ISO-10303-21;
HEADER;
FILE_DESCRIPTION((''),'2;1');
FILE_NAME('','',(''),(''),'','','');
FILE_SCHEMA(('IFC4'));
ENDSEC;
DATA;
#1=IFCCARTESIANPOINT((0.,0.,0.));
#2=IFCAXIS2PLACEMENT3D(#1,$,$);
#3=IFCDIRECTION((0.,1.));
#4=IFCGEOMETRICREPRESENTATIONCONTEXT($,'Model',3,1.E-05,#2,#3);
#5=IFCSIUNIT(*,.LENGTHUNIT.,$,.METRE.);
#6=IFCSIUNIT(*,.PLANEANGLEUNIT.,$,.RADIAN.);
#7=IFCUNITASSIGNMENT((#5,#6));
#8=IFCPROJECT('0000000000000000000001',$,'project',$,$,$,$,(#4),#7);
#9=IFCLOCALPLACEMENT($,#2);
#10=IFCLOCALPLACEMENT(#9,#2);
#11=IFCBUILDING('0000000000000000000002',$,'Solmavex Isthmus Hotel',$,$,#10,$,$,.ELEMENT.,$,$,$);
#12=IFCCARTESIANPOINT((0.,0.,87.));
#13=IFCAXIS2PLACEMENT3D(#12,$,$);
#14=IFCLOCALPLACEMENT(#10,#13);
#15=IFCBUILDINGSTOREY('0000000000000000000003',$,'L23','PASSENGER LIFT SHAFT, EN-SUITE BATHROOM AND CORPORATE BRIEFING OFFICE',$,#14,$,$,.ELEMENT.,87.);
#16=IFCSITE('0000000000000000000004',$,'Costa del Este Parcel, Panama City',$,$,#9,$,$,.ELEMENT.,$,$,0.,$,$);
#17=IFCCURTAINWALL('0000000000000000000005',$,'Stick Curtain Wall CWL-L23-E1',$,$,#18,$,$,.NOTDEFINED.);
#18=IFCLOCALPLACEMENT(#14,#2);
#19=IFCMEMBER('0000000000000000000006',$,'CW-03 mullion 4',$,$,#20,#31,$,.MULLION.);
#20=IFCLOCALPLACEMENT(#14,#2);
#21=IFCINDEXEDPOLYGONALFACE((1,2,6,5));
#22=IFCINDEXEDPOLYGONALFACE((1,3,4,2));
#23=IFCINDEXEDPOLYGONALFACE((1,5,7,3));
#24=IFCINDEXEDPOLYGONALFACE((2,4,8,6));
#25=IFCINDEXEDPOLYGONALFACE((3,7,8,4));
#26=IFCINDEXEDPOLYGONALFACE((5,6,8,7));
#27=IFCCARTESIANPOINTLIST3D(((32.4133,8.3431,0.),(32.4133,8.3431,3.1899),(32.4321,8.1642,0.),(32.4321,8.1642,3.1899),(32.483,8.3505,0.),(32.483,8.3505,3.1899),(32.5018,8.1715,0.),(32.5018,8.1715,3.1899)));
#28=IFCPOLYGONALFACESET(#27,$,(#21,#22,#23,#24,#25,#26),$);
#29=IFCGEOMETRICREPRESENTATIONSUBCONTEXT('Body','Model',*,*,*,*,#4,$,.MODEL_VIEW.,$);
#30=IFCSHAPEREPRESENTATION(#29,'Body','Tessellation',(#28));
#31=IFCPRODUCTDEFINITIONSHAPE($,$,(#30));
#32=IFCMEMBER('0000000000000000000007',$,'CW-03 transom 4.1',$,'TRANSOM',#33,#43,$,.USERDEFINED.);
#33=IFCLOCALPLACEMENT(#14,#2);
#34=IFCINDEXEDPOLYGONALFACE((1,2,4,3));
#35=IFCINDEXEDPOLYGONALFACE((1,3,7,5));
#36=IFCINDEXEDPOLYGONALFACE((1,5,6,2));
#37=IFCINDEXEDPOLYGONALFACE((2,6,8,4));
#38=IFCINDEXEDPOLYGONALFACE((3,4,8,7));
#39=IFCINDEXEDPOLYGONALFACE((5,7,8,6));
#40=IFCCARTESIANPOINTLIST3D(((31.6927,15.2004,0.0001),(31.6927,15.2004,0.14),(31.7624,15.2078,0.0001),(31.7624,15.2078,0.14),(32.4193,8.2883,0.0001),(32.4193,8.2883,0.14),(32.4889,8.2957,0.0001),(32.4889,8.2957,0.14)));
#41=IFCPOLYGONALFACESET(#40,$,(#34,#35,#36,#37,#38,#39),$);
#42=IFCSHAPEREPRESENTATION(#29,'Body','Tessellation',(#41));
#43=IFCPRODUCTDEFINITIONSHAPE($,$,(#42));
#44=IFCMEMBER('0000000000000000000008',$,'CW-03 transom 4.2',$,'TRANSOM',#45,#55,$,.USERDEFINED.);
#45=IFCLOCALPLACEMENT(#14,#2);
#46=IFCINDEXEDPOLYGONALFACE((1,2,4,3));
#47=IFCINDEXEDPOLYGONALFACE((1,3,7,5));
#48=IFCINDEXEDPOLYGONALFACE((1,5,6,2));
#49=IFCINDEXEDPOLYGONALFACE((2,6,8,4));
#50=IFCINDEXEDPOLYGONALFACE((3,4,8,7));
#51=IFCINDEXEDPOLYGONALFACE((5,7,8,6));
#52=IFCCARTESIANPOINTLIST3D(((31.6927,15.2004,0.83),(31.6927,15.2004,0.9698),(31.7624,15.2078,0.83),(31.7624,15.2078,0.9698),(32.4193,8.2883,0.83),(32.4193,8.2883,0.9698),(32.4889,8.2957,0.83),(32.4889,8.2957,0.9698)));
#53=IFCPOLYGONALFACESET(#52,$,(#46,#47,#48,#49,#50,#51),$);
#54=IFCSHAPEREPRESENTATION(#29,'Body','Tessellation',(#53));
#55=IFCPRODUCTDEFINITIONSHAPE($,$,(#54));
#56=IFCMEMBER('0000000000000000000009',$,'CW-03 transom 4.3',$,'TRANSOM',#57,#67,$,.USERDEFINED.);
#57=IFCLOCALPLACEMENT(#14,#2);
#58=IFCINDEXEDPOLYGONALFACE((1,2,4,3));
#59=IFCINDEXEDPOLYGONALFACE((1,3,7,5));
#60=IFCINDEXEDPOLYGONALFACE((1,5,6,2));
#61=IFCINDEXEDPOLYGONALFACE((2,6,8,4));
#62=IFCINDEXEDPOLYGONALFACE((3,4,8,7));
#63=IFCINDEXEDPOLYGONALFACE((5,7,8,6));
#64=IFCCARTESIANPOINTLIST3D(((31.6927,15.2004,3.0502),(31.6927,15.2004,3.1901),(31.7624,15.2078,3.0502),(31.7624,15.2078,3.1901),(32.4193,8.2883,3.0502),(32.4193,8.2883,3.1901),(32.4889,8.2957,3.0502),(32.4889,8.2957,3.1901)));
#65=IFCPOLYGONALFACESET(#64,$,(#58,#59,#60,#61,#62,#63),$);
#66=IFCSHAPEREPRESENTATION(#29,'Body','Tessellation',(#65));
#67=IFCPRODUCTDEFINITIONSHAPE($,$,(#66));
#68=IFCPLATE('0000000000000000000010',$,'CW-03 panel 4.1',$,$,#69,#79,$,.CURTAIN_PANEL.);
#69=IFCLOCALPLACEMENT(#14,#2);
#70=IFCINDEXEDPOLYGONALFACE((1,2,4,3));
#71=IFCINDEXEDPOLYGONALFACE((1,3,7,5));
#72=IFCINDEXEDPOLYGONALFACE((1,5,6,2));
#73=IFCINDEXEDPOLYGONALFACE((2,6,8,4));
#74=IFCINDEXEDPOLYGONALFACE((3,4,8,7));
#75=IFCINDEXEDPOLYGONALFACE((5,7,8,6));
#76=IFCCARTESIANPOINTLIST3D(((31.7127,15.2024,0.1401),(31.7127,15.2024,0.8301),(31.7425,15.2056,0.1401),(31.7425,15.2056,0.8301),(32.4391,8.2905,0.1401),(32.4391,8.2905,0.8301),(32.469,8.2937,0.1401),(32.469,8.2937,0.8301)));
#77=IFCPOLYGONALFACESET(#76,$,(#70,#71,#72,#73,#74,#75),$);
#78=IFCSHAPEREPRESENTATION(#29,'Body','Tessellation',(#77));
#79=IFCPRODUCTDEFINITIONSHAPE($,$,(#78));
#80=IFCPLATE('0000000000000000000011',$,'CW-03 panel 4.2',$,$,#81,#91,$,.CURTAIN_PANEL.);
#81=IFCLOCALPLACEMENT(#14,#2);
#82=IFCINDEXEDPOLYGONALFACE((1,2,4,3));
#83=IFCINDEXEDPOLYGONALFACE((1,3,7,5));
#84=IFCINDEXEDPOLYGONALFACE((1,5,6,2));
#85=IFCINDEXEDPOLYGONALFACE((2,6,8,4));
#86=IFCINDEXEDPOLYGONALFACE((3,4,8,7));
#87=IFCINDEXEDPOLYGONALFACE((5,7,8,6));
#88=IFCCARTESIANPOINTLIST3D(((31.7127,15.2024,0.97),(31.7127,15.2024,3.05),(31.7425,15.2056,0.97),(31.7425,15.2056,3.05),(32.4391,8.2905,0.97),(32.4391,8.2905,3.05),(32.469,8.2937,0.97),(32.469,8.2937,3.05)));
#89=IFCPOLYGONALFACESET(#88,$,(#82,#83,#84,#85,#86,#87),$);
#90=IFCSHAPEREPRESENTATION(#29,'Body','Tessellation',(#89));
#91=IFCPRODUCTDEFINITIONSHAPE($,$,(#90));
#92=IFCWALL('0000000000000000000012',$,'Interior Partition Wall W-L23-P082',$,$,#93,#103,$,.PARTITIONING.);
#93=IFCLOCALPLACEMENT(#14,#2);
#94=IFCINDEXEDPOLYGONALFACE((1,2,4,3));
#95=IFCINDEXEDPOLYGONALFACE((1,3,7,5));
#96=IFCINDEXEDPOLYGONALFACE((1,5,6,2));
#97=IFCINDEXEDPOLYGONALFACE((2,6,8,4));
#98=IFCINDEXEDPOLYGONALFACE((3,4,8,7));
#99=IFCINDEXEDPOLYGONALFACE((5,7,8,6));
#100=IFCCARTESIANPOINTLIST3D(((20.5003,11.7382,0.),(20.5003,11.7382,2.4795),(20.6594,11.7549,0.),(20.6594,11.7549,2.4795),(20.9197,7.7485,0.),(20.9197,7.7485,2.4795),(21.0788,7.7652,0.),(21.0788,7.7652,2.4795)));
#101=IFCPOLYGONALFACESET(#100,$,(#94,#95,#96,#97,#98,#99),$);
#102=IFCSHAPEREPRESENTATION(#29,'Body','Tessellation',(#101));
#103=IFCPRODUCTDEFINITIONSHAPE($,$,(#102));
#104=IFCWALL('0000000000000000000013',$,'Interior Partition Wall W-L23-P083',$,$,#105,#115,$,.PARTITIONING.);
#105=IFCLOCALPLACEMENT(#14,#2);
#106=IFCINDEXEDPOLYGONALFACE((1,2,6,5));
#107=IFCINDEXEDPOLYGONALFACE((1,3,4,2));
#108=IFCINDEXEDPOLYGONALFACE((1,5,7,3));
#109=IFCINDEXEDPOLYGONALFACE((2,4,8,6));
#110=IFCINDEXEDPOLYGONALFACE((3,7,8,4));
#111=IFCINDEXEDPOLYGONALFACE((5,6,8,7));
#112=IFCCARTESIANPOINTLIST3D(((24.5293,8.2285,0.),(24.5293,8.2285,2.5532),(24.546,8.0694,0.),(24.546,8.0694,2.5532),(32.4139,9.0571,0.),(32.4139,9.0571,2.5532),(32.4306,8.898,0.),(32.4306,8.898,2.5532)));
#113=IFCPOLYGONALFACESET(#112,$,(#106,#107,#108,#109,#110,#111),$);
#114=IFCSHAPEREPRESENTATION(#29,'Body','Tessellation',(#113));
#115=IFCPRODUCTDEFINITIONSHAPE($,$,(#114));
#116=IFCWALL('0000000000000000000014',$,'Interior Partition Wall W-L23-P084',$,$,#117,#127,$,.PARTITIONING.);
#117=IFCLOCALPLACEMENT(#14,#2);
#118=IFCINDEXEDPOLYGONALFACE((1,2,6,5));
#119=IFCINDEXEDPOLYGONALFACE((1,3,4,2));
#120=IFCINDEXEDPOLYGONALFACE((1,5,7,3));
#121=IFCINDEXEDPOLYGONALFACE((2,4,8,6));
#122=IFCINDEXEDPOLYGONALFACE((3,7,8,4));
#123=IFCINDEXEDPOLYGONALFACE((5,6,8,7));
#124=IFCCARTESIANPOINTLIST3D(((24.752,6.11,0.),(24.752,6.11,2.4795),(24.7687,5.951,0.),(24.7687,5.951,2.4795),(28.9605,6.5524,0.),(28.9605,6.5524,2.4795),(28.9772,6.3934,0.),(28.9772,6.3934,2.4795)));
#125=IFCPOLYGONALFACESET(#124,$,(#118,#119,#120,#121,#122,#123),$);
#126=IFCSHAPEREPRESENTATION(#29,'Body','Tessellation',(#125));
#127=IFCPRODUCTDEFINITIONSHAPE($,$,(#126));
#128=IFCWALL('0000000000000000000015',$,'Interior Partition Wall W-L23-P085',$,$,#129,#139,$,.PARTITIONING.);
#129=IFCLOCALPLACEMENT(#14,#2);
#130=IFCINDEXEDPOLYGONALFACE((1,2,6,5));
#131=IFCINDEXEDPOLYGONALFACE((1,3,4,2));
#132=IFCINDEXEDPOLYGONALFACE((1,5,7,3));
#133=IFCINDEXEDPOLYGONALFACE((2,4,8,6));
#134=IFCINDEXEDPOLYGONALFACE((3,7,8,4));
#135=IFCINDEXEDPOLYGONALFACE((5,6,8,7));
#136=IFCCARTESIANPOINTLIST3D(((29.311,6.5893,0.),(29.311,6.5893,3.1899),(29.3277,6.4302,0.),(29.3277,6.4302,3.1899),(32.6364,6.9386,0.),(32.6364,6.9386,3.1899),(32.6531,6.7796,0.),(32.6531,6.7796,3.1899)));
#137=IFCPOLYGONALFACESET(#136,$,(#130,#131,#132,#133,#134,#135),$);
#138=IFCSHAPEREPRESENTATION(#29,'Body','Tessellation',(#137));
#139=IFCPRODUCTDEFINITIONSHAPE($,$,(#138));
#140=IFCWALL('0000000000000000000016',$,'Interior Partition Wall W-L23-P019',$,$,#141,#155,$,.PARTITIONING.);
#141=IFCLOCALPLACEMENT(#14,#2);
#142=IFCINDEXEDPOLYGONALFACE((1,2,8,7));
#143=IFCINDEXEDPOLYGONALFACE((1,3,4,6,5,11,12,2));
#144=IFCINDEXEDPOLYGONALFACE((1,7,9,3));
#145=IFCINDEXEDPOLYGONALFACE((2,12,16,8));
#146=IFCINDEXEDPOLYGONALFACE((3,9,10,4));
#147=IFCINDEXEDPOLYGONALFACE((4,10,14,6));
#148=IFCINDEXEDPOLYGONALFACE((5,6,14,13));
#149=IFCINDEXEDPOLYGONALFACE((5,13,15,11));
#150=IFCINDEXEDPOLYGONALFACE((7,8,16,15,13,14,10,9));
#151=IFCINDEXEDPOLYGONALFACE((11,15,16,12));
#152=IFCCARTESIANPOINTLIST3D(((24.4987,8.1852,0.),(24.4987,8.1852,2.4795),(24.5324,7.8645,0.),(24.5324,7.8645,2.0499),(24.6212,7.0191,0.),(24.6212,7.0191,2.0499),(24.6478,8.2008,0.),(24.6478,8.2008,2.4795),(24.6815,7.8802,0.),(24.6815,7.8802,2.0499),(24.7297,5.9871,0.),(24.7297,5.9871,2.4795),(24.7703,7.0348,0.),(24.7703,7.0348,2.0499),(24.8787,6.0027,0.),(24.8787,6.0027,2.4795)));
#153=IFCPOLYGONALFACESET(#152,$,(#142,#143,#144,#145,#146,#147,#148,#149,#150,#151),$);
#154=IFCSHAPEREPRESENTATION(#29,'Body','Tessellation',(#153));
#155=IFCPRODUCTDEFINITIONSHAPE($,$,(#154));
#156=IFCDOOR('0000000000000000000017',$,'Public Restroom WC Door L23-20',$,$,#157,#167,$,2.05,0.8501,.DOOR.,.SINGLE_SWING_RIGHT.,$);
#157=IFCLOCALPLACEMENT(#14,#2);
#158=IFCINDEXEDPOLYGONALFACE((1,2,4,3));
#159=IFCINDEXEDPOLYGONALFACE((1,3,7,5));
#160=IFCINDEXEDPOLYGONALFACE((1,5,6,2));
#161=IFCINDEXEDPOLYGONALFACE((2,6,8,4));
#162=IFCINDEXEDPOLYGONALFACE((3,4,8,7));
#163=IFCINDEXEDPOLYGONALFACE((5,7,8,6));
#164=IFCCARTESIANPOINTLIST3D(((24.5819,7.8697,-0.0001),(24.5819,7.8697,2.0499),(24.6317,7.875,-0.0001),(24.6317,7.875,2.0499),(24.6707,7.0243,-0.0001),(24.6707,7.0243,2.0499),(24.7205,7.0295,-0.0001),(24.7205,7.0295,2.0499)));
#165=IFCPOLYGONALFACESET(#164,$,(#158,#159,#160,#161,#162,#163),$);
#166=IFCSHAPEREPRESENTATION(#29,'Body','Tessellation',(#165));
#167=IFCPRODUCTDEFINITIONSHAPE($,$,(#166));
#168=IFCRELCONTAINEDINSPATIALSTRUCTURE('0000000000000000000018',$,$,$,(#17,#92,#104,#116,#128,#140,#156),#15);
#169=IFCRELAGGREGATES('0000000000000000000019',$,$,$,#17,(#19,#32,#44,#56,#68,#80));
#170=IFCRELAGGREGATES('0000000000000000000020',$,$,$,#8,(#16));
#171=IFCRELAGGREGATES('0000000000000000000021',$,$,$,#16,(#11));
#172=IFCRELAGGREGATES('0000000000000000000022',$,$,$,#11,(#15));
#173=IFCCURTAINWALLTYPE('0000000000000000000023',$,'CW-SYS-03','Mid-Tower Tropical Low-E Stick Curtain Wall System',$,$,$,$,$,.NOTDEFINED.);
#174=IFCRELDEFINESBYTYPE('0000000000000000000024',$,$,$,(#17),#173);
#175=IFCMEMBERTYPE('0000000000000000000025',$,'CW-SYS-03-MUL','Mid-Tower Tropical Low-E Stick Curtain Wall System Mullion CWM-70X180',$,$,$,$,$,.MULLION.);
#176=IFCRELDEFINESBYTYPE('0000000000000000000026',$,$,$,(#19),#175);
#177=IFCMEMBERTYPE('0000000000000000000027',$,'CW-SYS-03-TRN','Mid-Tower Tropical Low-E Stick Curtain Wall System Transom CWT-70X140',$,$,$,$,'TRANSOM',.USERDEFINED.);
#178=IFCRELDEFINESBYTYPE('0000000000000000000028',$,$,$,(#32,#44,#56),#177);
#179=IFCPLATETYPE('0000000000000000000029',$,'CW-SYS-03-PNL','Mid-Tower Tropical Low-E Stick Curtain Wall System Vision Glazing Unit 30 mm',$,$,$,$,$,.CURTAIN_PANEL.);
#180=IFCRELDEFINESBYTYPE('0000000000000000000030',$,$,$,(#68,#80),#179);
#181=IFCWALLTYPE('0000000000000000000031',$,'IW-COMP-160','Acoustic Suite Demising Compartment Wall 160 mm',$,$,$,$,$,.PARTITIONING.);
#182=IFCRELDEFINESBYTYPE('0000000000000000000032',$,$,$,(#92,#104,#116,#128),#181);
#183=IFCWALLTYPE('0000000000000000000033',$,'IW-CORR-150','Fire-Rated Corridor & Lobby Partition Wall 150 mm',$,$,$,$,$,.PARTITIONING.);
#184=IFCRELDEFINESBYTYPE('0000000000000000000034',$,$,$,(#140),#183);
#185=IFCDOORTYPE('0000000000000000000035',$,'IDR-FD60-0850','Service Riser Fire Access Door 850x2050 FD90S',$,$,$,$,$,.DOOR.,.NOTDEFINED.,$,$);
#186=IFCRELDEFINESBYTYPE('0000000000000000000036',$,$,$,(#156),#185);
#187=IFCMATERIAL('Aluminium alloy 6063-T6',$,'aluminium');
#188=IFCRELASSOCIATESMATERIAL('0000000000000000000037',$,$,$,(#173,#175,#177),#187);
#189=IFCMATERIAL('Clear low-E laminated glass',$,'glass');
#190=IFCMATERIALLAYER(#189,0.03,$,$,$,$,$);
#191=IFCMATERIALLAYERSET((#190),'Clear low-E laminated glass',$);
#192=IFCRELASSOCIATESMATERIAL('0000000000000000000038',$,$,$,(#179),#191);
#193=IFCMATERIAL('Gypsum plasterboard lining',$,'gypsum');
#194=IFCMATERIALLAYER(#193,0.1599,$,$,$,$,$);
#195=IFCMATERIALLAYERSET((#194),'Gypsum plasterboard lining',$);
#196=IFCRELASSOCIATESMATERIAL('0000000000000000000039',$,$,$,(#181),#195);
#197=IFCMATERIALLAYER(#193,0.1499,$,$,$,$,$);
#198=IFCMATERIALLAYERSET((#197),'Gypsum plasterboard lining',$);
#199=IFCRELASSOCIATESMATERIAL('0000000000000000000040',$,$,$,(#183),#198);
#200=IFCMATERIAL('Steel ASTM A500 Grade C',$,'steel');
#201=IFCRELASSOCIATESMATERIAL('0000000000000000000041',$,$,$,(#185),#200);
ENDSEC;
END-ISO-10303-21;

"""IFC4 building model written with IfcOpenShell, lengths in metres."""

from ifc_helpers import new_model, si_unit, direction, frame, frame_2d, origin, origin_2d, place, context, subcontext, project, spatial, rectangle, extrude, material, layer, layer_set, material_profile, profile_set, type_object, element, fill, aggregate, save


model = new_model("IFC4")

# Units and contexts
model_context = context("Model", 3, precision=1e-05, world=origin(), true_north=direction((0.0, 1.0)))
body_context = subcontext(model_context, "Body", "Model", "MODEL_VIEW")
ifc_project = project(units=[si_unit("LENGTHUNIT", "METRE"), si_unit("PLANEANGLEUNIT", "RADIAN")], contexts=[model_context])

# Site, building, storey
site_placement = place(None, origin())
site = spatial("IfcSite", under=ifc_project, at=site_placement, Name="Costa del Este Parcel, Panama City", CompositionType="ELEMENT", RefElevation=0.0)
building_placement = place(site_placement, origin())
building = spatial("IfcBuilding", under=site, at=building_placement, Name="Solmavex Isthmus Hotel", CompositionType="ELEMENT")
storey_placement = place(building_placement, frame((0.0, 0.0, 87.0)))
storey = spatial("IfcBuildingStorey", under=building, at=storey_placement, Name="L23", Description="PASSENGER LIFT SHAFT, EN-SUITE BATHROOM AND CORPORATE BRIEFING OFFICE", CompositionType="ELEMENT", Elevation=87.0)

# Curtain wall, members, plates
ifc_material_1 = material(Name="Aluminium alloy 6063-T6", Category="aluminium")
curtain_wall_type = type_object("IfcCurtainWallType", Name="CW-SYS-03", Description="Mid-Tower Tropical Low-E Stick Curtain Wall System", PredefinedType="NOTDEFINED", material=ifc_material_1)
curtain_wall_placement = place(storey_placement, origin())
curtain_wall = element("IfcCurtainWall", 1, at=curtain_wall_placement, inside=storey, type_object=curtain_wall_type, Name="Stick Curtain Wall CWL-L23-E1", PredefinedType="NOTDEFINED")
ifc_material_profile_1 = material_profile(ifc_material_1, rectangle(XDim=0.0701, YDim=0.1799, at=origin_2d()), Name="CWM-70X180")
ifc_profile_set_1 = profile_set([ifc_material_profile_1], Name="Aluminium alloy 6063-T6")
member_type_1 = type_object("IfcMemberType", Name="CW-SYS-03-MUL", Description="Mid-Tower Tropical Low-E Stick Curtain Wall System Mullion CWM-70X180", PredefinedType="MULLION", material=ifc_profile_set_1)
member_1_placement = place(storey_placement, frame((32.4575, 8.2573, 0.0), z_axis=(0.0, 0.0, 1.0), x_axis=(-0.994522, -0.104528, 0.0)))
member_1 = element("IfcMember", 2, at=member_1_placement, type_object=member_type_1, Name="CW-03 mullion 4", PredefinedType="MULLION", context=body_context, shape_type="SweptSolid", body=[
    extrude(rectangle(XDim=0.0701, YDim=0.1799, at=origin_2d()), origin(), (0.0, 0.0, 1.0), 3.1899),
])
ifc_material_profile_2 = material_profile(ifc_material_1, rectangle(XDim=0.0701, YDim=0.1399, at=origin_2d()), Name="CWT-70X140")
ifc_profile_set_2 = profile_set([ifc_material_profile_2], Name="Aluminium alloy 6063-T6")
member_type_2 = type_object("IfcMemberType", Name="CW-SYS-03-TRN", Description="Mid-Tower Tropical Low-E Stick Curtain Wall System Transom CWT-70X140", ElementType="TRANSOM", PredefinedType="USERDEFINED", material=ifc_profile_set_2)
member_2_placement = place(storey_placement, frame((32.4541, 8.292, 0.0701), z_axis=(-0.104539, 0.994521, 0.0), x_axis=(-0.994521, -0.104539, 0.0)))
member_2 = element("IfcMember", 3, at=member_2_placement, type_object=member_type_2, Name="CW-03 transom 4.1", ObjectType="TRANSOM", PredefinedType="USERDEFINED", context=body_context, shape_type="SweptSolid", body=[
    extrude(rectangle(XDim=0.0701, YDim=0.1399, at=origin_2d()), origin(), (0.0, 0.0, 1.0), 6.9502),
])
member_3_placement = place(storey_placement, frame((32.4541, 8.292, 0.8999), z_axis=(-0.104539, 0.994521, 0.0), x_axis=(-0.994521, -0.104539, 0.0)))
member_3 = element("IfcMember", 4, at=member_3_placement, type_object=member_type_2, Name="CW-03 transom 4.2", ObjectType="TRANSOM", PredefinedType="USERDEFINED", context=body_context, shape_type="SweptSolid", body=[
    extrude(rectangle(XDim=0.0701, YDim=0.1399, at=origin_2d()), origin(), (0.0, 0.0, 1.0), 6.9502),
])
member_4_placement = place(storey_placement, frame((32.4541, 8.292, 3.1201), z_axis=(-0.104539, 0.994521, 0.0), x_axis=(-0.994521, -0.104539, 0.0)))
member_4 = element("IfcMember", 5, at=member_4_placement, type_object=member_type_2, Name="CW-03 transom 4.3", ObjectType="TRANSOM", PredefinedType="USERDEFINED", context=body_context, shape_type="SweptSolid", body=[
    extrude(rectangle(XDim=0.0701, YDim=0.1399, at=origin_2d()), origin(), (0.0, 0.0, 1.0), 6.9502),
])
ifc_material_2 = material(Name="Clear low-E laminated glass", Category="glass")
ifc_layer_1 = layer(ifc_material_2, 0.03)
ifc_layer_set_1 = layer_set([ifc_layer_1], Name="Clear low-E laminated glass")
plate_type = type_object("IfcPlateType", Name="CW-SYS-03-PNL", Description="Mid-Tower Tropical Low-E Stick Curtain Wall System Vision Glazing Unit 30 mm", PredefinedType="CURTAIN_PANEL", material=ifc_layer_set_1)
plate_1_placement = place(storey_placement, frame((32.0908, 11.748, 0.1401), z_axis=(0.0, 0.0, 1.0), x_axis=(-0.104528, 0.994522, 0.0)))
plate_1 = element("IfcPlate", 6, at=plate_1_placement, type_object=plate_type, Name="CW-03 panel 4.1", PredefinedType="CURTAIN_PANEL", context=body_context, shape_type="SweptSolid", body=[
    extrude(rectangle(XDim=6.95, YDim=0.03, at=origin_2d()), origin(), (0.0, 0.0, 1.0), 0.6899),
])
plate_2_placement = place(storey_placement, frame((32.0908, 11.748, 0.97), z_axis=(0.0, 0.0, 1.0), x_axis=(-0.104528, 0.994522, 0.0)))
plate_2 = element("IfcPlate", 7, at=plate_2_placement, type_object=plate_type, Name="CW-03 panel 4.2", PredefinedType="CURTAIN_PANEL", context=body_context, shape_type="SweptSolid", body=[
    extrude(rectangle(XDim=6.95, YDim=0.03, at=origin_2d()), origin(), (0.0, 0.0, 1.0), 2.0801),
])
aggregate(curtain_wall, [member_1, member_2, member_3, member_4, plate_1, plate_2])

# Walls
ifc_material_3 = material(Name="Gypsum plasterboard lining", Category="gypsum")
ifc_layer_2 = layer(ifc_material_3, 0.1599)
ifc_layer_set_2 = layer_set([ifc_layer_2], Name="Gypsum plasterboard lining")
wall_type_1 = type_object("IfcWallType", Name="IW-COMP-160", Description="Acoustic Suite Demising Compartment Wall 160 mm", PredefinedType="PARTITIONING", material=ifc_layer_set_2)
wall_1_placement = place(storey_placement, frame((20.5798, 11.7466, 0.0), z_axis=(0.0, 0.0, 1.0), x_axis=(0.104552, -0.994519, 0.0)))
element("IfcWall", 8, at=wall_1_placement, inside=storey, type_object=wall_type_1, Name="Interior Partition Wall W-L23-P082", PredefinedType="PARTITIONING", context=body_context, shape_type="SweptSolid", body=[
    extrude(rectangle(XDim=4.0117, YDim=0.1599, at=frame_2d((2.0059, 0.0))), origin(), (0.0, 0.0, 1.0), 2.4795),
])
wall_2_placement = place(storey_placement, frame((32.4221, 8.9775, 0.0), z_axis=(0.0, 0.0, 1.0), x_axis=(-0.994523, -0.104518, 0.0)))
element("IfcWall", 9, at=wall_2_placement, inside=storey, type_object=wall_type_1, Name="Interior Partition Wall W-L23-P083", PredefinedType="PARTITIONING", context=body_context, shape_type="SweptSolid", body=[
    extrude(rectangle(XDim=7.928, YDim=0.1599, at=frame_2d((3.9639, 0.0))), origin(), (0.0, 0.0, 1.0), 2.5532),
])
wall_3_placement = place(storey_placement, frame((28.9688, 6.4729, 0.0), z_axis=(0.0, 0.0, 1.0), x_axis=(-0.994521, -0.104541, 0.0)))
element("IfcWall", 10, at=wall_3_placement, inside=storey, type_object=wall_type_1, Name="Interior Partition Wall W-L23-P084", PredefinedType="PARTITIONING", context=body_context, shape_type="SweptSolid", body=[
    extrude(rectangle(XDim=4.2317, YDim=0.1599, at=frame_2d((2.1157, 0.0))), origin(), (0.0, 0.0, 1.0), 2.4795),
])
wall_4_placement = place(storey_placement, frame((32.6448, 6.8591, 0.0), z_axis=(0.0, 0.0, 1.0), x_axis=(-0.994527, -0.104483, 0.0)))
element("IfcWall", 11, at=wall_4_placement, inside=storey, type_object=wall_type_1, Name="Interior Partition Wall W-L23-P085", PredefinedType="PARTITIONING", context=body_context, shape_type="SweptSolid", body=[
    extrude(rectangle(XDim=3.3438, YDim=0.1599, at=frame_2d((1.6719, 0.0))), origin(), (0.0, 0.0, 1.0), 3.1899),
])

# Wall, opening, door
ifc_layer_3 = layer(ifc_material_3, 0.1499)
ifc_layer_set_3 = layer_set([ifc_layer_3], Name="Gypsum plasterboard lining")
wall_type_2 = type_object("IfcWallType", Name="IW-CORR-150", Description="Fire-Rated Corridor & Lobby Partition Wall 150 mm", PredefinedType="PARTITIONING", material=ifc_layer_set_3)
wall_5_placement = place(storey_placement, frame((24.5732, 8.1929, 0.0), z_axis=(0.0, 0.0, 1.0), x_axis=(0.104501, -0.994525, 0.0)))
wall_5 = element("IfcWall", 12, at=wall_5_placement, inside=storey, type_object=wall_type_2, Name="Interior Partition Wall W-L23-P019", PredefinedType="PARTITIONING", context=body_context, shape_type="SweptSolid", body=[
    extrude(rectangle(XDim=2.2102, YDim=0.1499, at=frame_2d((1.105, 0.0))), origin(), (0.0, 0.0, 1.0), 2.4795),
])
opening_1_placement = place(wall_5_placement, frame((0.3223, 0.0, 0.0)))
opening_1 = element("IfcOpeningElement", 13, at=opening_1_placement, cuts=wall_5, PredefinedType="OPENING", context=body_context, shape_type="SweptSolid", body=[
    extrude(rectangle(XDim=0.8501, YDim=2.05, at=frame_2d((0.425, 1.0249))), frame((0.0, 0.085, 0.0), z_axis=(0.0, -1.0, 0.0), x_axis=(1.0, 0.0, 0.0)), (0.0, 0.0, 1.0), 0.1699),
])
ifc_material_4 = material(Name="Steel ASTM A500 Grade C", Category="steel")
door_type_1 = type_object("IfcDoorType", Name="IDR-FD60-0850", Description="Service Riser Fire Access Door 850x2050 FD90S", OperationType="NOTDEFINED", PredefinedType="DOOR", material=ifc_material_4)
door_1_placement = place(opening_1_placement, origin())
door_1 = element("IfcDoor", 14, at=door_1_placement, inside=storey, type_object=door_type_1, Name="Public Restroom WC Door L23-20", OperationType="SINGLE_SWING_RIGHT", OverallHeight=2.05, OverallWidth=0.8501, PredefinedType="DOOR", context=body_context, shape_type="SweptSolid", body=[
    extrude(rectangle(XDim=0.8501, YDim=2.05, at=frame_2d((0.425, 1.0249))), frame((0.0, 0.0249, 0.0), z_axis=(0.0, -1.0, 0.0), x_axis=(1.0, 0.0, 0.0)), (0.0, 0.0, 1.0), 0.05),
])
fill(opening_1, door_1)

save(model, "model.ifc")
